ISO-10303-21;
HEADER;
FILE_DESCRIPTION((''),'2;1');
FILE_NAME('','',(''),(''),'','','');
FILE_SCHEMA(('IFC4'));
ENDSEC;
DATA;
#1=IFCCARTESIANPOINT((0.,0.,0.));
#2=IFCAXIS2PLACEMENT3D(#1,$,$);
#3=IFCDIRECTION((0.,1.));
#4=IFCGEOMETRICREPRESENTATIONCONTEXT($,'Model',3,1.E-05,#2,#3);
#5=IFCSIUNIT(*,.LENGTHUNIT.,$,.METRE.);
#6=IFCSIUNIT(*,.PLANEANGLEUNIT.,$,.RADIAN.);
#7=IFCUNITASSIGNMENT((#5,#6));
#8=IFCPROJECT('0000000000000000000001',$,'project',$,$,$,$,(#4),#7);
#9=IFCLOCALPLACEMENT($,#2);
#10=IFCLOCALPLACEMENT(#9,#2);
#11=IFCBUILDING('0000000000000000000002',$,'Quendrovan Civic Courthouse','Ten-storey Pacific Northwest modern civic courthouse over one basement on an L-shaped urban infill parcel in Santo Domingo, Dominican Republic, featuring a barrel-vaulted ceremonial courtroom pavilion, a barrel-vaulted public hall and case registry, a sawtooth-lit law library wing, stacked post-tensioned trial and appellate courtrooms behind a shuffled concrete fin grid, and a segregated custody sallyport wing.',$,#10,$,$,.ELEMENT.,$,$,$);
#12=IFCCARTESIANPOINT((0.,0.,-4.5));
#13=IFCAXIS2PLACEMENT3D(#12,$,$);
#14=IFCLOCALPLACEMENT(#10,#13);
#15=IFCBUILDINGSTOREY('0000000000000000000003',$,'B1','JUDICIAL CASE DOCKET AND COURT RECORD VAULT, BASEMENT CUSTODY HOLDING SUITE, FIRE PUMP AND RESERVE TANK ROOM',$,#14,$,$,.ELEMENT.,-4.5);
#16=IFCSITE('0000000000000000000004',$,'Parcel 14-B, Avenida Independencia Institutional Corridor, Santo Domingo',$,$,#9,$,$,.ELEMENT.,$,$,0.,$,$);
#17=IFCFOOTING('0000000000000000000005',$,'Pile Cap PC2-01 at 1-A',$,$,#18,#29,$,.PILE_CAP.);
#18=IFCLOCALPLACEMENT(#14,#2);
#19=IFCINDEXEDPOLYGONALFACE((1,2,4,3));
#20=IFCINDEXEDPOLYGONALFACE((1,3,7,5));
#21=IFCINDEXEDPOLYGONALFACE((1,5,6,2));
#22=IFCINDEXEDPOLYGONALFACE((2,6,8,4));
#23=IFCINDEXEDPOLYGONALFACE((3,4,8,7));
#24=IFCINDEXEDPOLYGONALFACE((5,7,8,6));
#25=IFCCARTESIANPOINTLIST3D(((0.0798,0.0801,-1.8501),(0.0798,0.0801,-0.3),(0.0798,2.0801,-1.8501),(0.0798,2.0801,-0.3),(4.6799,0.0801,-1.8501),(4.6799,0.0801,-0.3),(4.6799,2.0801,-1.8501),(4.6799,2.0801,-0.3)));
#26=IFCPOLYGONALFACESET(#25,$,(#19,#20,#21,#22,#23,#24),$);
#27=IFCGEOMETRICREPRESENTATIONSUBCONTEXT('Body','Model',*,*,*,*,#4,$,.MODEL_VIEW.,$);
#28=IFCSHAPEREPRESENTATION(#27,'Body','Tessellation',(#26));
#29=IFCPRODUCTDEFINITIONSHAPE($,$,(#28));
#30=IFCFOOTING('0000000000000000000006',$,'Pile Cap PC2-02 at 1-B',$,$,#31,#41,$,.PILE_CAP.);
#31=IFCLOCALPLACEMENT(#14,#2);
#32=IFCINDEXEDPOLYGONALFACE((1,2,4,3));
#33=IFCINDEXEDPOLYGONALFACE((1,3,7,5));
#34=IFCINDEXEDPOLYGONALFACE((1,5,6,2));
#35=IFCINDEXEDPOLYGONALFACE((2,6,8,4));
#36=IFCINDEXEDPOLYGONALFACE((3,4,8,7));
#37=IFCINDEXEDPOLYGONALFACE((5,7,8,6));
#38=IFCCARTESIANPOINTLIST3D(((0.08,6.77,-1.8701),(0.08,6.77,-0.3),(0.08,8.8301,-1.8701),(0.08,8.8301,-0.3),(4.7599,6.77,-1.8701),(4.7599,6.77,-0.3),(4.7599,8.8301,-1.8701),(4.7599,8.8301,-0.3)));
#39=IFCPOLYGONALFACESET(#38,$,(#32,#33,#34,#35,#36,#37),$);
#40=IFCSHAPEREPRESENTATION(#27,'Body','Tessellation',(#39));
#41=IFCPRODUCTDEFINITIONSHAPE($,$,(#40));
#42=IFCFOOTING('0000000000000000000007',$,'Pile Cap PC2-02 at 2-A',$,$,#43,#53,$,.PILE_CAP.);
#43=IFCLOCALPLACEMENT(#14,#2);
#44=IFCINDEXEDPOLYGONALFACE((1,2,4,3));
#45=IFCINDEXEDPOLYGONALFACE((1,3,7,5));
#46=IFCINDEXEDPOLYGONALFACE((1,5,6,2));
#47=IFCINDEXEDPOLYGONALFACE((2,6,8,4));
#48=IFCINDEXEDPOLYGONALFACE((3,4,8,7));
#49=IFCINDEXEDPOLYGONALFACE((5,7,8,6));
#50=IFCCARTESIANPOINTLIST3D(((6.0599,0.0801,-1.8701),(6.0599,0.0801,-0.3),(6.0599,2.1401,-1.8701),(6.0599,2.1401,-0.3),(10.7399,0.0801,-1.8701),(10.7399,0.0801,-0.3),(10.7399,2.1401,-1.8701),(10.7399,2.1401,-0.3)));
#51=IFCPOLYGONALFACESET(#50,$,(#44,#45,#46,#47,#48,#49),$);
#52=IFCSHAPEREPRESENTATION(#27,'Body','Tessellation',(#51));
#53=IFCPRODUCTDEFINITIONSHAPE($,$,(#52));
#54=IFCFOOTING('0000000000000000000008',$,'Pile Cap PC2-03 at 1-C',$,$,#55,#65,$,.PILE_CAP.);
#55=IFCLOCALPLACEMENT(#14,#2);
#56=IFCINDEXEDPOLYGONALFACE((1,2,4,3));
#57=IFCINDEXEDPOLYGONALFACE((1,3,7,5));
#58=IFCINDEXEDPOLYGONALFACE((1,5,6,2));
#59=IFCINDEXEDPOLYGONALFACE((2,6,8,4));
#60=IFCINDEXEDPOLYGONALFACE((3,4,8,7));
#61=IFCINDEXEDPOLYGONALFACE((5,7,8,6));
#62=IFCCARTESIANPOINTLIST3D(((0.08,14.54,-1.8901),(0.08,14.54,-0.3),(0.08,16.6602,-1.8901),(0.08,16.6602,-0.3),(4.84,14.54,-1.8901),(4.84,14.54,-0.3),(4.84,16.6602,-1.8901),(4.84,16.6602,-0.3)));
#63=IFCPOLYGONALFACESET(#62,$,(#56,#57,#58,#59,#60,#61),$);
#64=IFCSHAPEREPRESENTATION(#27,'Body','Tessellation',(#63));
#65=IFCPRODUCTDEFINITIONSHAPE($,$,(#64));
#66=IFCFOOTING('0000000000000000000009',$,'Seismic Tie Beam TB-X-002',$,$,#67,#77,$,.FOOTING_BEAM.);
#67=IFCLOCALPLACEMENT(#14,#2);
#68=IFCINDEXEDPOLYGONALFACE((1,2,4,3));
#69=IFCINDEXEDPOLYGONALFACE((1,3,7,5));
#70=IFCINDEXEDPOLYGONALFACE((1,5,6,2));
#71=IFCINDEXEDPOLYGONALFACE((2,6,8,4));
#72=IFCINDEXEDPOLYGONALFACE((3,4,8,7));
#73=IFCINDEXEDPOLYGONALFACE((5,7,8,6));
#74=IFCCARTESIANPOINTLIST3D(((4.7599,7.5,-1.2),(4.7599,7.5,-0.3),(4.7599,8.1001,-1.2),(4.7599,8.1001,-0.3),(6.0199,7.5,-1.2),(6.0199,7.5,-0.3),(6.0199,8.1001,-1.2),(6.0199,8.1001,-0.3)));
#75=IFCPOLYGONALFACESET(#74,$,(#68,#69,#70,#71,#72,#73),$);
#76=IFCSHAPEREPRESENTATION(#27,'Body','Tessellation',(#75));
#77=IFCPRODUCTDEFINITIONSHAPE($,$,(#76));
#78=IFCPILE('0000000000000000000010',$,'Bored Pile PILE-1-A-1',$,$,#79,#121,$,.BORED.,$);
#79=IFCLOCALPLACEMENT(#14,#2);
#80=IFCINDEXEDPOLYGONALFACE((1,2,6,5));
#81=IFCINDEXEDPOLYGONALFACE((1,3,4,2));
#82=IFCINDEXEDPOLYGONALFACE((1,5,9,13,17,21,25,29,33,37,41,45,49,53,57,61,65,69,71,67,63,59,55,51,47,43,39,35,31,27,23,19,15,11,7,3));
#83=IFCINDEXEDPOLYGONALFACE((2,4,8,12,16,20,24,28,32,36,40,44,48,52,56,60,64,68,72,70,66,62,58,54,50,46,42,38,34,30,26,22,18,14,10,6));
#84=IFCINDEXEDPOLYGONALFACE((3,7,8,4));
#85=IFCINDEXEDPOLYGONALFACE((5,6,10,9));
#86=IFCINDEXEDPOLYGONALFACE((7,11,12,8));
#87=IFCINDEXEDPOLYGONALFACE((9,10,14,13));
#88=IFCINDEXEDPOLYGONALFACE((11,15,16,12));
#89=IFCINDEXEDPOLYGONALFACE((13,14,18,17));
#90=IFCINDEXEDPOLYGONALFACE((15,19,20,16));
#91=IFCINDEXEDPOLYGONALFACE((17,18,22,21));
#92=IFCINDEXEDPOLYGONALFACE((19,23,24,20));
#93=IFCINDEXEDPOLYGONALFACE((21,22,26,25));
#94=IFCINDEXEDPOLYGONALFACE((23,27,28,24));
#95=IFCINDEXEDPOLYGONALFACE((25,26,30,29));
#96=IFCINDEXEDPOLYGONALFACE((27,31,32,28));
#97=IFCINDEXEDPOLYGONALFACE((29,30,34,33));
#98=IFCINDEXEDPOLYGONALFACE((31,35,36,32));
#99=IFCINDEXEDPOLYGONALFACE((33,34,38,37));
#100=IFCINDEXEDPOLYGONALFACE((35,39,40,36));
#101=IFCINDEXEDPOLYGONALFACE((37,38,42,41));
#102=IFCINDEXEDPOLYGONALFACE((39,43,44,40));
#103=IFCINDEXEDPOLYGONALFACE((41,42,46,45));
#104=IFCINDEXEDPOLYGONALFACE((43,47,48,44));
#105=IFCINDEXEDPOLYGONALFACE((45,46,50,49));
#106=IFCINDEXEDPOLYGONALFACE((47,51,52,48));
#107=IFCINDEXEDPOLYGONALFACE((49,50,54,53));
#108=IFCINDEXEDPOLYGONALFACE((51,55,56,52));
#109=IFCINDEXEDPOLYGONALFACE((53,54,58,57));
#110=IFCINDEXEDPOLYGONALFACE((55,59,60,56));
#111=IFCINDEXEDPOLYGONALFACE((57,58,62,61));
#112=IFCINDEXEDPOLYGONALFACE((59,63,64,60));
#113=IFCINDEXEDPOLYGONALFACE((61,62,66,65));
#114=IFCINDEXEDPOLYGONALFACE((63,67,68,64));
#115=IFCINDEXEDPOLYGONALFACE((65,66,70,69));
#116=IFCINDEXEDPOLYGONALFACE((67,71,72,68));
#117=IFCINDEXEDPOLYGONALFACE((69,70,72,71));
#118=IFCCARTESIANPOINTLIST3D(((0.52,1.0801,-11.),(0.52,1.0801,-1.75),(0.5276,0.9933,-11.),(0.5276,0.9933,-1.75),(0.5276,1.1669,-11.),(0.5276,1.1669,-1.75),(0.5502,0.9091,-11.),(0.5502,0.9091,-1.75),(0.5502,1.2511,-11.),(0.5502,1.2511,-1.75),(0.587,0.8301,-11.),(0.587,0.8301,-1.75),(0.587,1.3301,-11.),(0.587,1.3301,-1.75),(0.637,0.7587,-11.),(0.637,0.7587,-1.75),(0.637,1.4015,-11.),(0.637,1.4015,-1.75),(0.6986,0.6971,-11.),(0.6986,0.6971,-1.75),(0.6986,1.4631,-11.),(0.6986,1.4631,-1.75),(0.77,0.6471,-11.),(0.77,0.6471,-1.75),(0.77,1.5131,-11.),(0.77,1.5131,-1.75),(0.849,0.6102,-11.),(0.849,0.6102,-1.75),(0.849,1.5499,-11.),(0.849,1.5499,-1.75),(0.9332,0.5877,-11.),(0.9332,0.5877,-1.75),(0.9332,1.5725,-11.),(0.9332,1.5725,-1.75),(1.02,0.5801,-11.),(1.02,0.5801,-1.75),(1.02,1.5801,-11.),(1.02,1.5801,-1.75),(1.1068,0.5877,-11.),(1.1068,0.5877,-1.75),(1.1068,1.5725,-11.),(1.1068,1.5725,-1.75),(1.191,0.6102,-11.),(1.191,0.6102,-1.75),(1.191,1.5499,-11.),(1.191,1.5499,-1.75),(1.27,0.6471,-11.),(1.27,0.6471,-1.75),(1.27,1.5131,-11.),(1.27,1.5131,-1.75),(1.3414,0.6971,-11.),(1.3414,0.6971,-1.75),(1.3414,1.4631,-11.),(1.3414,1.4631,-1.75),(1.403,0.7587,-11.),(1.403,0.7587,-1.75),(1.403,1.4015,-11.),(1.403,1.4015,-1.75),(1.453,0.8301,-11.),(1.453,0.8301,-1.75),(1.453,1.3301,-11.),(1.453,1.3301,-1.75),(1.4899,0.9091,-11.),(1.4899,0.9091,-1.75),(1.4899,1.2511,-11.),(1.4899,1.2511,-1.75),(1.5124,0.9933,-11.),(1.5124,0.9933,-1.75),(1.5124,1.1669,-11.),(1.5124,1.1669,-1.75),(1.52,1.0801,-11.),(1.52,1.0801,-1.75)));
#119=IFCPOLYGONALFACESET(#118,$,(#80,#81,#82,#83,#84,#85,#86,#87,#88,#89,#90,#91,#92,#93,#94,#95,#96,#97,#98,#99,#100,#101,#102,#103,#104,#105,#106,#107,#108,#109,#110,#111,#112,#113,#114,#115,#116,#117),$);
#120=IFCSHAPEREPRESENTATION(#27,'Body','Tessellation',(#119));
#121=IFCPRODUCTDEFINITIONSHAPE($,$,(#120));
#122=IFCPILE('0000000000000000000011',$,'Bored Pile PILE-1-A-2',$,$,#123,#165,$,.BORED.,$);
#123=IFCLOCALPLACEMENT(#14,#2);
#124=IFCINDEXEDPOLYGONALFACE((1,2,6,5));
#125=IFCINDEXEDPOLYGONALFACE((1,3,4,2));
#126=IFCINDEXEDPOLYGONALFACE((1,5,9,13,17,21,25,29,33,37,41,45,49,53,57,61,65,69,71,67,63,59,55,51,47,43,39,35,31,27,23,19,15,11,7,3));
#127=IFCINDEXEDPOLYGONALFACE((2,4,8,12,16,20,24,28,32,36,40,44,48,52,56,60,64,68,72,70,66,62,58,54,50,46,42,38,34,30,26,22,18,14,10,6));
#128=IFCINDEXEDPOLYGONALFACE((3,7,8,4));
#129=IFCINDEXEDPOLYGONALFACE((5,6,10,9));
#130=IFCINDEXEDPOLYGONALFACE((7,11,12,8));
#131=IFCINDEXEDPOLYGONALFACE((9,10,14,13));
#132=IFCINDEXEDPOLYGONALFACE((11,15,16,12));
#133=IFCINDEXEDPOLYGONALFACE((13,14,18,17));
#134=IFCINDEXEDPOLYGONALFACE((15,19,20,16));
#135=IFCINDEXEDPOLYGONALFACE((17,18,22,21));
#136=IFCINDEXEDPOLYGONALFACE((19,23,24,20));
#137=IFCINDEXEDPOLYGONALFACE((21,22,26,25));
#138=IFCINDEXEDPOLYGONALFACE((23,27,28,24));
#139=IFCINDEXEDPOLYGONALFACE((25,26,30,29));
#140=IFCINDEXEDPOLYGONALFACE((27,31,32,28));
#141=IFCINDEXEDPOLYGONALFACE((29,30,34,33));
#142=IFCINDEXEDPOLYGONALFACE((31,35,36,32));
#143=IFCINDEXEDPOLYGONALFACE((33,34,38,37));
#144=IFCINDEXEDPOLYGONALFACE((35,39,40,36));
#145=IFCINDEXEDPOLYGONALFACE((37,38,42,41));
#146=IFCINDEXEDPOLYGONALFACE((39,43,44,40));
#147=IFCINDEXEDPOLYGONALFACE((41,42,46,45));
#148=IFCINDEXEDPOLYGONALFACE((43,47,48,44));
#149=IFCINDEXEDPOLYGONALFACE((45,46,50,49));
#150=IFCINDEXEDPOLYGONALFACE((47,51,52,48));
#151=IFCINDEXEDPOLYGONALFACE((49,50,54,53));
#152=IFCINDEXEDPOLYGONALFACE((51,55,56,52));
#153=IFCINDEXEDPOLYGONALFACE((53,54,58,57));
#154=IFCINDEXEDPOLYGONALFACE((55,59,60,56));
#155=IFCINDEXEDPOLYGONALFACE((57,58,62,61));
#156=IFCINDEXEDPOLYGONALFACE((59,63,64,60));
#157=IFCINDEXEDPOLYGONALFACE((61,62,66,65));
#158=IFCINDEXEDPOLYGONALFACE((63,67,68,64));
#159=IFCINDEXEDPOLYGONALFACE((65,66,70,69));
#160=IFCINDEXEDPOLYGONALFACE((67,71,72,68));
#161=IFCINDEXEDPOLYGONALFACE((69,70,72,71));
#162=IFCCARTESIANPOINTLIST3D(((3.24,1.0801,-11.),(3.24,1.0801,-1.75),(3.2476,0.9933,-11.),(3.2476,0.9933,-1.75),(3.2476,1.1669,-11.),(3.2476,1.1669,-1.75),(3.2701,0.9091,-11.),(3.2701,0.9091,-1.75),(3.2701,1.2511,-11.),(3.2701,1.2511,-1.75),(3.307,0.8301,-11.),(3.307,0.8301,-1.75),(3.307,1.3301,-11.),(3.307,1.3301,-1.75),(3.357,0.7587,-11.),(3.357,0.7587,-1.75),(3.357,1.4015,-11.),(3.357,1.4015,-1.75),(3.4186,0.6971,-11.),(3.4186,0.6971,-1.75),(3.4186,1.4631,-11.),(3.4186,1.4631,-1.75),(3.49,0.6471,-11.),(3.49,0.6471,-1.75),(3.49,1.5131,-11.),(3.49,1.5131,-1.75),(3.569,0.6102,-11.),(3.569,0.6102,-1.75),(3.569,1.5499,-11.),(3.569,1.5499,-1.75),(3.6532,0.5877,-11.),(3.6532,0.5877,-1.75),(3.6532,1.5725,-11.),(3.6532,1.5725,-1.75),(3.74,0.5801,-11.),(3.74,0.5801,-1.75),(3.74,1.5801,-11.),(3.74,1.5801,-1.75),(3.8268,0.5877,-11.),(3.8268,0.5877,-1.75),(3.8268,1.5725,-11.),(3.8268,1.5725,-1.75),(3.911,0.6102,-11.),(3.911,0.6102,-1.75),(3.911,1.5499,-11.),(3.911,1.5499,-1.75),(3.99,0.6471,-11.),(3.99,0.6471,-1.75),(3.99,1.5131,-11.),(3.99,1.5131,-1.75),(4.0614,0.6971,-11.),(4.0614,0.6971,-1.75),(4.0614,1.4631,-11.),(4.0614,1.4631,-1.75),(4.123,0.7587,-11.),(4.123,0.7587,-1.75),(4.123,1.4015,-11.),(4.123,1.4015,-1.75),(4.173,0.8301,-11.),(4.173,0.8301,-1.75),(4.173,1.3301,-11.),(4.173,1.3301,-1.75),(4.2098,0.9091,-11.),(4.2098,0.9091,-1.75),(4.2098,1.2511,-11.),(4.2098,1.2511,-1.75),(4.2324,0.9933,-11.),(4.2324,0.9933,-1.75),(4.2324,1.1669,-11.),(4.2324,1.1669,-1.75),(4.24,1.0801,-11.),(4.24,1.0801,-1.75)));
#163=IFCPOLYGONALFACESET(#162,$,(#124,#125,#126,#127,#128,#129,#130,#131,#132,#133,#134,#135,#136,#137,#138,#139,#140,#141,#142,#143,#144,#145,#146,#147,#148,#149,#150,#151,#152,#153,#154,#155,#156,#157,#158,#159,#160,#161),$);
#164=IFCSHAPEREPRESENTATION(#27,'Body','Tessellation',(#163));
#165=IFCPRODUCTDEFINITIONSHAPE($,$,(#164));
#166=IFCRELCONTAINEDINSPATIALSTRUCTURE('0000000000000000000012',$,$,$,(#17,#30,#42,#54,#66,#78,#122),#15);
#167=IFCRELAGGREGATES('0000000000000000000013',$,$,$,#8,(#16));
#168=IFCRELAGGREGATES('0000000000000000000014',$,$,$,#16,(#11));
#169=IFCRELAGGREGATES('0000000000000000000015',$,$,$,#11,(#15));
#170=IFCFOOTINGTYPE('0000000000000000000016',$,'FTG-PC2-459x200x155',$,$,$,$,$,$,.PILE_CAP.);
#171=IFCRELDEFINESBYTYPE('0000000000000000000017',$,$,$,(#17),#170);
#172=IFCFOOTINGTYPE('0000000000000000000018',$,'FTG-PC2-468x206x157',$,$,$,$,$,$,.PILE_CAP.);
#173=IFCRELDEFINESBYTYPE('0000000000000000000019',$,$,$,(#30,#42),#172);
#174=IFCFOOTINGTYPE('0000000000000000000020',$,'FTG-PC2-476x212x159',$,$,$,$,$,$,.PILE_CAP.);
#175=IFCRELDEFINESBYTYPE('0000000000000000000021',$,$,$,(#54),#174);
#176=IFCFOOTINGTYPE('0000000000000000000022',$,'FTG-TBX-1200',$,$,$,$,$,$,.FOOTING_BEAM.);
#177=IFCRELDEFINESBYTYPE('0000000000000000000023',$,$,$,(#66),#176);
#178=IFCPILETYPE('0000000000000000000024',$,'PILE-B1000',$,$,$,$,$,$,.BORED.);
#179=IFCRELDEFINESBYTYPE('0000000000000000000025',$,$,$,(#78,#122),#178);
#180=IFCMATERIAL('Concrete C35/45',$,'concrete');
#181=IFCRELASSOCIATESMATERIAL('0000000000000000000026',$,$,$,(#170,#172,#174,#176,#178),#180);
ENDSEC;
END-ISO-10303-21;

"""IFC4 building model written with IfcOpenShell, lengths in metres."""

from ifc_helpers import new_model, si_unit, direction, frame, origin, origin_2d, place, context, subcontext, project, spatial, rectangle, circle, extrude, material, material_profile, profile_set, type_object, element, save


model = new_model("IFC4")

# Units and contexts
model_context = context("Model", 3, precision=1e-05, world=origin(), true_north=direction((0.0, 1.0)))
body_context = subcontext(model_context, "Body", "Model", "MODEL_VIEW")
ifc_project = project(units=[si_unit("LENGTHUNIT", "METRE"), si_unit("PLANEANGLEUNIT", "RADIAN")], contexts=[model_context])

# Site, building, storey
site_placement = place(None, origin())
site = spatial("IfcSite", under=ifc_project, at=site_placement, Name="Parcel 14-B, Avenida Independencia Institutional Corridor, Santo Domingo", CompositionType="ELEMENT", RefElevation=0.0)
building_placement = place(site_placement, origin())
building = spatial("IfcBuilding", under=site, at=building_placement, Name="Quendrovan Civic Courthouse", Description="Ten-storey Pacific Northwest modern civic courthouse over one basement on an L-shaped urban infill parcel in Santo Domingo, Dominican Republic, featuring a barrel-vaulted ceremonial courtroom pavilion, a barrel-vaulted public hall and case registry, a sawtooth-lit law library wing, stacked post-tensioned trial and appellate courtrooms behind a shuffled concrete fin grid, and a segregated custody sallyport wing.", CompositionType="ELEMENT")
storey_placement = place(building_placement, frame((0.0, 0.0, -4.5)))
storey = spatial("IfcBuildingStorey", under=building, at=storey_placement, Name="B1", Description="JUDICIAL CASE DOCKET AND COURT RECORD VAULT, BASEMENT CUSTODY HOLDING SUITE, FIRE PUMP AND RESERVE TANK ROOM", CompositionType="ELEMENT", Elevation=-4.5)

# Footings
ifc_material_1 = material(Name="Concrete C35/45", Category="concrete")
footing_type_1 = type_object("IfcFootingType", Name="FTG-PC2-459x200x155", PredefinedType="PILE_CAP", material=ifc_material_1)
footing_1_placement = place(storey_placement, frame((2.3799, 1.0801, -1.8501), z_axis=(0.0, 0.0, 1.0), x_axis=(1.0, 0.0, 0.0)))
element("IfcFooting", 1, at=footing_1_placement, inside=storey, type_object=footing_type_1, Name="Pile Cap PC2-01 at 1-A", PredefinedType="PILE_CAP", context=body_context, shape_type="SweptSolid", body=[
    extrude(rectangle(XDim=4.6001, YDim=2.0, at=origin_2d()), origin(), (0.0, 0.0, 1.0), 1.55),
])
footing_type_2 = type_object("IfcFootingType", Name="FTG-PC2-468x206x157", PredefinedType="PILE_CAP", material=ifc_material_1)
for number, where, z_axis, x_axis, name in (
    (2, (2.4199, 7.8, -1.8701), (0.0, 0.0, 1.0), (1.0, 0.0, 0.0), "Pile Cap PC2-02 at 1-B"),
    (3, (8.3999, 1.1101, -1.8701), (0.0, 0.0, 1.0), (1.0, 0.0, 0.0), "Pile Cap PC2-02 at 2-A"),
):
    element("IfcFooting", number, at=place(storey_placement, frame(where, z_axis=z_axis, x_axis=x_axis)), inside=storey, type_object=footing_type_2, Name=name, PredefinedType="PILE_CAP", context=body_context, shape_type="SweptSolid", body=[
        extrude(rectangle(XDim=4.6799, YDim=2.0601, at=origin_2d()), origin(), (0.0, 0.0, 1.0), 1.5701),
    ])
footing_type_3 = type_object("IfcFootingType", Name="FTG-PC2-476x212x159", PredefinedType="PILE_CAP", material=ifc_material_1)
footing_2_placement = place(storey_placement, frame((2.46, 15.6001, -1.8901), z_axis=(0.0, 0.0, 1.0), x_axis=(1.0, 0.0, 0.0)))
element("IfcFooting", 4, at=footing_2_placement, inside=storey, type_object=footing_type_3, Name="Pile Cap PC2-03 at 1-C", PredefinedType="PILE_CAP", context=body_context, shape_type="SweptSolid", body=[
    extrude(rectangle(XDim=4.76, YDim=2.1201, at=origin_2d()), origin(), (0.0, 0.0, 1.0), 1.5901),
])
footing_type_4 = type_object("IfcFootingType", Name="FTG-TBX-1200", PredefinedType="FOOTING_BEAM", material=ifc_material_1)
footing_3_placement = place(storey_placement, frame((5.3899, 7.8, -1.2), z_axis=(0.0, 0.0, 1.0), x_axis=(1.0, 0.0, 0.0)))
element("IfcFooting", 5, at=footing_3_placement, inside=storey, type_object=footing_type_4, Name="Seismic Tie Beam TB-X-002", PredefinedType="FOOTING_BEAM", context=body_context, shape_type="SweptSolid", body=[
    extrude(rectangle(XDim=1.26, YDim=0.6001, at=origin_2d()), origin(), (0.0, 0.0, 1.0), 0.8999),
])

# Piles
ifc_material_profile_1 = material_profile(ifc_material_1, circle(Radius=0.5, at=origin_2d()), Name="PILE-D1000")
ifc_profile_set_1 = profile_set([ifc_material_profile_1], Name="Concrete C35/45")
pile_type = type_object("IfcPileType", Name="PILE-B1000", PredefinedType="BORED", material=ifc_profile_set_1)
for number, where, z_axis, x_axis, name in (
    (6, (1.02, 1.0801, -1.75), (0.0, 0.0, -1.0), (1.0, 0.0, 0.0), "Bored Pile PILE-1-A-1"),
    (7, (3.74, 1.0801, -1.75), (0.0, 0.0, -1.0), (1.0, 0.0, 0.0), "Bored Pile PILE-1-A-2"),
):
    element("IfcPile", number, at=place(storey_placement, frame(where, z_axis=z_axis, x_axis=x_axis)), inside=storey, type_object=pile_type, Name=name, PredefinedType="BORED", context=body_context, shape_type="SweptSolid", body=[
        extrude(circle(Radius=0.5, at=origin_2d()), origin(), (0.0, 0.0, 1.0), 9.25),
    ])

save(model, "model.ifc")
